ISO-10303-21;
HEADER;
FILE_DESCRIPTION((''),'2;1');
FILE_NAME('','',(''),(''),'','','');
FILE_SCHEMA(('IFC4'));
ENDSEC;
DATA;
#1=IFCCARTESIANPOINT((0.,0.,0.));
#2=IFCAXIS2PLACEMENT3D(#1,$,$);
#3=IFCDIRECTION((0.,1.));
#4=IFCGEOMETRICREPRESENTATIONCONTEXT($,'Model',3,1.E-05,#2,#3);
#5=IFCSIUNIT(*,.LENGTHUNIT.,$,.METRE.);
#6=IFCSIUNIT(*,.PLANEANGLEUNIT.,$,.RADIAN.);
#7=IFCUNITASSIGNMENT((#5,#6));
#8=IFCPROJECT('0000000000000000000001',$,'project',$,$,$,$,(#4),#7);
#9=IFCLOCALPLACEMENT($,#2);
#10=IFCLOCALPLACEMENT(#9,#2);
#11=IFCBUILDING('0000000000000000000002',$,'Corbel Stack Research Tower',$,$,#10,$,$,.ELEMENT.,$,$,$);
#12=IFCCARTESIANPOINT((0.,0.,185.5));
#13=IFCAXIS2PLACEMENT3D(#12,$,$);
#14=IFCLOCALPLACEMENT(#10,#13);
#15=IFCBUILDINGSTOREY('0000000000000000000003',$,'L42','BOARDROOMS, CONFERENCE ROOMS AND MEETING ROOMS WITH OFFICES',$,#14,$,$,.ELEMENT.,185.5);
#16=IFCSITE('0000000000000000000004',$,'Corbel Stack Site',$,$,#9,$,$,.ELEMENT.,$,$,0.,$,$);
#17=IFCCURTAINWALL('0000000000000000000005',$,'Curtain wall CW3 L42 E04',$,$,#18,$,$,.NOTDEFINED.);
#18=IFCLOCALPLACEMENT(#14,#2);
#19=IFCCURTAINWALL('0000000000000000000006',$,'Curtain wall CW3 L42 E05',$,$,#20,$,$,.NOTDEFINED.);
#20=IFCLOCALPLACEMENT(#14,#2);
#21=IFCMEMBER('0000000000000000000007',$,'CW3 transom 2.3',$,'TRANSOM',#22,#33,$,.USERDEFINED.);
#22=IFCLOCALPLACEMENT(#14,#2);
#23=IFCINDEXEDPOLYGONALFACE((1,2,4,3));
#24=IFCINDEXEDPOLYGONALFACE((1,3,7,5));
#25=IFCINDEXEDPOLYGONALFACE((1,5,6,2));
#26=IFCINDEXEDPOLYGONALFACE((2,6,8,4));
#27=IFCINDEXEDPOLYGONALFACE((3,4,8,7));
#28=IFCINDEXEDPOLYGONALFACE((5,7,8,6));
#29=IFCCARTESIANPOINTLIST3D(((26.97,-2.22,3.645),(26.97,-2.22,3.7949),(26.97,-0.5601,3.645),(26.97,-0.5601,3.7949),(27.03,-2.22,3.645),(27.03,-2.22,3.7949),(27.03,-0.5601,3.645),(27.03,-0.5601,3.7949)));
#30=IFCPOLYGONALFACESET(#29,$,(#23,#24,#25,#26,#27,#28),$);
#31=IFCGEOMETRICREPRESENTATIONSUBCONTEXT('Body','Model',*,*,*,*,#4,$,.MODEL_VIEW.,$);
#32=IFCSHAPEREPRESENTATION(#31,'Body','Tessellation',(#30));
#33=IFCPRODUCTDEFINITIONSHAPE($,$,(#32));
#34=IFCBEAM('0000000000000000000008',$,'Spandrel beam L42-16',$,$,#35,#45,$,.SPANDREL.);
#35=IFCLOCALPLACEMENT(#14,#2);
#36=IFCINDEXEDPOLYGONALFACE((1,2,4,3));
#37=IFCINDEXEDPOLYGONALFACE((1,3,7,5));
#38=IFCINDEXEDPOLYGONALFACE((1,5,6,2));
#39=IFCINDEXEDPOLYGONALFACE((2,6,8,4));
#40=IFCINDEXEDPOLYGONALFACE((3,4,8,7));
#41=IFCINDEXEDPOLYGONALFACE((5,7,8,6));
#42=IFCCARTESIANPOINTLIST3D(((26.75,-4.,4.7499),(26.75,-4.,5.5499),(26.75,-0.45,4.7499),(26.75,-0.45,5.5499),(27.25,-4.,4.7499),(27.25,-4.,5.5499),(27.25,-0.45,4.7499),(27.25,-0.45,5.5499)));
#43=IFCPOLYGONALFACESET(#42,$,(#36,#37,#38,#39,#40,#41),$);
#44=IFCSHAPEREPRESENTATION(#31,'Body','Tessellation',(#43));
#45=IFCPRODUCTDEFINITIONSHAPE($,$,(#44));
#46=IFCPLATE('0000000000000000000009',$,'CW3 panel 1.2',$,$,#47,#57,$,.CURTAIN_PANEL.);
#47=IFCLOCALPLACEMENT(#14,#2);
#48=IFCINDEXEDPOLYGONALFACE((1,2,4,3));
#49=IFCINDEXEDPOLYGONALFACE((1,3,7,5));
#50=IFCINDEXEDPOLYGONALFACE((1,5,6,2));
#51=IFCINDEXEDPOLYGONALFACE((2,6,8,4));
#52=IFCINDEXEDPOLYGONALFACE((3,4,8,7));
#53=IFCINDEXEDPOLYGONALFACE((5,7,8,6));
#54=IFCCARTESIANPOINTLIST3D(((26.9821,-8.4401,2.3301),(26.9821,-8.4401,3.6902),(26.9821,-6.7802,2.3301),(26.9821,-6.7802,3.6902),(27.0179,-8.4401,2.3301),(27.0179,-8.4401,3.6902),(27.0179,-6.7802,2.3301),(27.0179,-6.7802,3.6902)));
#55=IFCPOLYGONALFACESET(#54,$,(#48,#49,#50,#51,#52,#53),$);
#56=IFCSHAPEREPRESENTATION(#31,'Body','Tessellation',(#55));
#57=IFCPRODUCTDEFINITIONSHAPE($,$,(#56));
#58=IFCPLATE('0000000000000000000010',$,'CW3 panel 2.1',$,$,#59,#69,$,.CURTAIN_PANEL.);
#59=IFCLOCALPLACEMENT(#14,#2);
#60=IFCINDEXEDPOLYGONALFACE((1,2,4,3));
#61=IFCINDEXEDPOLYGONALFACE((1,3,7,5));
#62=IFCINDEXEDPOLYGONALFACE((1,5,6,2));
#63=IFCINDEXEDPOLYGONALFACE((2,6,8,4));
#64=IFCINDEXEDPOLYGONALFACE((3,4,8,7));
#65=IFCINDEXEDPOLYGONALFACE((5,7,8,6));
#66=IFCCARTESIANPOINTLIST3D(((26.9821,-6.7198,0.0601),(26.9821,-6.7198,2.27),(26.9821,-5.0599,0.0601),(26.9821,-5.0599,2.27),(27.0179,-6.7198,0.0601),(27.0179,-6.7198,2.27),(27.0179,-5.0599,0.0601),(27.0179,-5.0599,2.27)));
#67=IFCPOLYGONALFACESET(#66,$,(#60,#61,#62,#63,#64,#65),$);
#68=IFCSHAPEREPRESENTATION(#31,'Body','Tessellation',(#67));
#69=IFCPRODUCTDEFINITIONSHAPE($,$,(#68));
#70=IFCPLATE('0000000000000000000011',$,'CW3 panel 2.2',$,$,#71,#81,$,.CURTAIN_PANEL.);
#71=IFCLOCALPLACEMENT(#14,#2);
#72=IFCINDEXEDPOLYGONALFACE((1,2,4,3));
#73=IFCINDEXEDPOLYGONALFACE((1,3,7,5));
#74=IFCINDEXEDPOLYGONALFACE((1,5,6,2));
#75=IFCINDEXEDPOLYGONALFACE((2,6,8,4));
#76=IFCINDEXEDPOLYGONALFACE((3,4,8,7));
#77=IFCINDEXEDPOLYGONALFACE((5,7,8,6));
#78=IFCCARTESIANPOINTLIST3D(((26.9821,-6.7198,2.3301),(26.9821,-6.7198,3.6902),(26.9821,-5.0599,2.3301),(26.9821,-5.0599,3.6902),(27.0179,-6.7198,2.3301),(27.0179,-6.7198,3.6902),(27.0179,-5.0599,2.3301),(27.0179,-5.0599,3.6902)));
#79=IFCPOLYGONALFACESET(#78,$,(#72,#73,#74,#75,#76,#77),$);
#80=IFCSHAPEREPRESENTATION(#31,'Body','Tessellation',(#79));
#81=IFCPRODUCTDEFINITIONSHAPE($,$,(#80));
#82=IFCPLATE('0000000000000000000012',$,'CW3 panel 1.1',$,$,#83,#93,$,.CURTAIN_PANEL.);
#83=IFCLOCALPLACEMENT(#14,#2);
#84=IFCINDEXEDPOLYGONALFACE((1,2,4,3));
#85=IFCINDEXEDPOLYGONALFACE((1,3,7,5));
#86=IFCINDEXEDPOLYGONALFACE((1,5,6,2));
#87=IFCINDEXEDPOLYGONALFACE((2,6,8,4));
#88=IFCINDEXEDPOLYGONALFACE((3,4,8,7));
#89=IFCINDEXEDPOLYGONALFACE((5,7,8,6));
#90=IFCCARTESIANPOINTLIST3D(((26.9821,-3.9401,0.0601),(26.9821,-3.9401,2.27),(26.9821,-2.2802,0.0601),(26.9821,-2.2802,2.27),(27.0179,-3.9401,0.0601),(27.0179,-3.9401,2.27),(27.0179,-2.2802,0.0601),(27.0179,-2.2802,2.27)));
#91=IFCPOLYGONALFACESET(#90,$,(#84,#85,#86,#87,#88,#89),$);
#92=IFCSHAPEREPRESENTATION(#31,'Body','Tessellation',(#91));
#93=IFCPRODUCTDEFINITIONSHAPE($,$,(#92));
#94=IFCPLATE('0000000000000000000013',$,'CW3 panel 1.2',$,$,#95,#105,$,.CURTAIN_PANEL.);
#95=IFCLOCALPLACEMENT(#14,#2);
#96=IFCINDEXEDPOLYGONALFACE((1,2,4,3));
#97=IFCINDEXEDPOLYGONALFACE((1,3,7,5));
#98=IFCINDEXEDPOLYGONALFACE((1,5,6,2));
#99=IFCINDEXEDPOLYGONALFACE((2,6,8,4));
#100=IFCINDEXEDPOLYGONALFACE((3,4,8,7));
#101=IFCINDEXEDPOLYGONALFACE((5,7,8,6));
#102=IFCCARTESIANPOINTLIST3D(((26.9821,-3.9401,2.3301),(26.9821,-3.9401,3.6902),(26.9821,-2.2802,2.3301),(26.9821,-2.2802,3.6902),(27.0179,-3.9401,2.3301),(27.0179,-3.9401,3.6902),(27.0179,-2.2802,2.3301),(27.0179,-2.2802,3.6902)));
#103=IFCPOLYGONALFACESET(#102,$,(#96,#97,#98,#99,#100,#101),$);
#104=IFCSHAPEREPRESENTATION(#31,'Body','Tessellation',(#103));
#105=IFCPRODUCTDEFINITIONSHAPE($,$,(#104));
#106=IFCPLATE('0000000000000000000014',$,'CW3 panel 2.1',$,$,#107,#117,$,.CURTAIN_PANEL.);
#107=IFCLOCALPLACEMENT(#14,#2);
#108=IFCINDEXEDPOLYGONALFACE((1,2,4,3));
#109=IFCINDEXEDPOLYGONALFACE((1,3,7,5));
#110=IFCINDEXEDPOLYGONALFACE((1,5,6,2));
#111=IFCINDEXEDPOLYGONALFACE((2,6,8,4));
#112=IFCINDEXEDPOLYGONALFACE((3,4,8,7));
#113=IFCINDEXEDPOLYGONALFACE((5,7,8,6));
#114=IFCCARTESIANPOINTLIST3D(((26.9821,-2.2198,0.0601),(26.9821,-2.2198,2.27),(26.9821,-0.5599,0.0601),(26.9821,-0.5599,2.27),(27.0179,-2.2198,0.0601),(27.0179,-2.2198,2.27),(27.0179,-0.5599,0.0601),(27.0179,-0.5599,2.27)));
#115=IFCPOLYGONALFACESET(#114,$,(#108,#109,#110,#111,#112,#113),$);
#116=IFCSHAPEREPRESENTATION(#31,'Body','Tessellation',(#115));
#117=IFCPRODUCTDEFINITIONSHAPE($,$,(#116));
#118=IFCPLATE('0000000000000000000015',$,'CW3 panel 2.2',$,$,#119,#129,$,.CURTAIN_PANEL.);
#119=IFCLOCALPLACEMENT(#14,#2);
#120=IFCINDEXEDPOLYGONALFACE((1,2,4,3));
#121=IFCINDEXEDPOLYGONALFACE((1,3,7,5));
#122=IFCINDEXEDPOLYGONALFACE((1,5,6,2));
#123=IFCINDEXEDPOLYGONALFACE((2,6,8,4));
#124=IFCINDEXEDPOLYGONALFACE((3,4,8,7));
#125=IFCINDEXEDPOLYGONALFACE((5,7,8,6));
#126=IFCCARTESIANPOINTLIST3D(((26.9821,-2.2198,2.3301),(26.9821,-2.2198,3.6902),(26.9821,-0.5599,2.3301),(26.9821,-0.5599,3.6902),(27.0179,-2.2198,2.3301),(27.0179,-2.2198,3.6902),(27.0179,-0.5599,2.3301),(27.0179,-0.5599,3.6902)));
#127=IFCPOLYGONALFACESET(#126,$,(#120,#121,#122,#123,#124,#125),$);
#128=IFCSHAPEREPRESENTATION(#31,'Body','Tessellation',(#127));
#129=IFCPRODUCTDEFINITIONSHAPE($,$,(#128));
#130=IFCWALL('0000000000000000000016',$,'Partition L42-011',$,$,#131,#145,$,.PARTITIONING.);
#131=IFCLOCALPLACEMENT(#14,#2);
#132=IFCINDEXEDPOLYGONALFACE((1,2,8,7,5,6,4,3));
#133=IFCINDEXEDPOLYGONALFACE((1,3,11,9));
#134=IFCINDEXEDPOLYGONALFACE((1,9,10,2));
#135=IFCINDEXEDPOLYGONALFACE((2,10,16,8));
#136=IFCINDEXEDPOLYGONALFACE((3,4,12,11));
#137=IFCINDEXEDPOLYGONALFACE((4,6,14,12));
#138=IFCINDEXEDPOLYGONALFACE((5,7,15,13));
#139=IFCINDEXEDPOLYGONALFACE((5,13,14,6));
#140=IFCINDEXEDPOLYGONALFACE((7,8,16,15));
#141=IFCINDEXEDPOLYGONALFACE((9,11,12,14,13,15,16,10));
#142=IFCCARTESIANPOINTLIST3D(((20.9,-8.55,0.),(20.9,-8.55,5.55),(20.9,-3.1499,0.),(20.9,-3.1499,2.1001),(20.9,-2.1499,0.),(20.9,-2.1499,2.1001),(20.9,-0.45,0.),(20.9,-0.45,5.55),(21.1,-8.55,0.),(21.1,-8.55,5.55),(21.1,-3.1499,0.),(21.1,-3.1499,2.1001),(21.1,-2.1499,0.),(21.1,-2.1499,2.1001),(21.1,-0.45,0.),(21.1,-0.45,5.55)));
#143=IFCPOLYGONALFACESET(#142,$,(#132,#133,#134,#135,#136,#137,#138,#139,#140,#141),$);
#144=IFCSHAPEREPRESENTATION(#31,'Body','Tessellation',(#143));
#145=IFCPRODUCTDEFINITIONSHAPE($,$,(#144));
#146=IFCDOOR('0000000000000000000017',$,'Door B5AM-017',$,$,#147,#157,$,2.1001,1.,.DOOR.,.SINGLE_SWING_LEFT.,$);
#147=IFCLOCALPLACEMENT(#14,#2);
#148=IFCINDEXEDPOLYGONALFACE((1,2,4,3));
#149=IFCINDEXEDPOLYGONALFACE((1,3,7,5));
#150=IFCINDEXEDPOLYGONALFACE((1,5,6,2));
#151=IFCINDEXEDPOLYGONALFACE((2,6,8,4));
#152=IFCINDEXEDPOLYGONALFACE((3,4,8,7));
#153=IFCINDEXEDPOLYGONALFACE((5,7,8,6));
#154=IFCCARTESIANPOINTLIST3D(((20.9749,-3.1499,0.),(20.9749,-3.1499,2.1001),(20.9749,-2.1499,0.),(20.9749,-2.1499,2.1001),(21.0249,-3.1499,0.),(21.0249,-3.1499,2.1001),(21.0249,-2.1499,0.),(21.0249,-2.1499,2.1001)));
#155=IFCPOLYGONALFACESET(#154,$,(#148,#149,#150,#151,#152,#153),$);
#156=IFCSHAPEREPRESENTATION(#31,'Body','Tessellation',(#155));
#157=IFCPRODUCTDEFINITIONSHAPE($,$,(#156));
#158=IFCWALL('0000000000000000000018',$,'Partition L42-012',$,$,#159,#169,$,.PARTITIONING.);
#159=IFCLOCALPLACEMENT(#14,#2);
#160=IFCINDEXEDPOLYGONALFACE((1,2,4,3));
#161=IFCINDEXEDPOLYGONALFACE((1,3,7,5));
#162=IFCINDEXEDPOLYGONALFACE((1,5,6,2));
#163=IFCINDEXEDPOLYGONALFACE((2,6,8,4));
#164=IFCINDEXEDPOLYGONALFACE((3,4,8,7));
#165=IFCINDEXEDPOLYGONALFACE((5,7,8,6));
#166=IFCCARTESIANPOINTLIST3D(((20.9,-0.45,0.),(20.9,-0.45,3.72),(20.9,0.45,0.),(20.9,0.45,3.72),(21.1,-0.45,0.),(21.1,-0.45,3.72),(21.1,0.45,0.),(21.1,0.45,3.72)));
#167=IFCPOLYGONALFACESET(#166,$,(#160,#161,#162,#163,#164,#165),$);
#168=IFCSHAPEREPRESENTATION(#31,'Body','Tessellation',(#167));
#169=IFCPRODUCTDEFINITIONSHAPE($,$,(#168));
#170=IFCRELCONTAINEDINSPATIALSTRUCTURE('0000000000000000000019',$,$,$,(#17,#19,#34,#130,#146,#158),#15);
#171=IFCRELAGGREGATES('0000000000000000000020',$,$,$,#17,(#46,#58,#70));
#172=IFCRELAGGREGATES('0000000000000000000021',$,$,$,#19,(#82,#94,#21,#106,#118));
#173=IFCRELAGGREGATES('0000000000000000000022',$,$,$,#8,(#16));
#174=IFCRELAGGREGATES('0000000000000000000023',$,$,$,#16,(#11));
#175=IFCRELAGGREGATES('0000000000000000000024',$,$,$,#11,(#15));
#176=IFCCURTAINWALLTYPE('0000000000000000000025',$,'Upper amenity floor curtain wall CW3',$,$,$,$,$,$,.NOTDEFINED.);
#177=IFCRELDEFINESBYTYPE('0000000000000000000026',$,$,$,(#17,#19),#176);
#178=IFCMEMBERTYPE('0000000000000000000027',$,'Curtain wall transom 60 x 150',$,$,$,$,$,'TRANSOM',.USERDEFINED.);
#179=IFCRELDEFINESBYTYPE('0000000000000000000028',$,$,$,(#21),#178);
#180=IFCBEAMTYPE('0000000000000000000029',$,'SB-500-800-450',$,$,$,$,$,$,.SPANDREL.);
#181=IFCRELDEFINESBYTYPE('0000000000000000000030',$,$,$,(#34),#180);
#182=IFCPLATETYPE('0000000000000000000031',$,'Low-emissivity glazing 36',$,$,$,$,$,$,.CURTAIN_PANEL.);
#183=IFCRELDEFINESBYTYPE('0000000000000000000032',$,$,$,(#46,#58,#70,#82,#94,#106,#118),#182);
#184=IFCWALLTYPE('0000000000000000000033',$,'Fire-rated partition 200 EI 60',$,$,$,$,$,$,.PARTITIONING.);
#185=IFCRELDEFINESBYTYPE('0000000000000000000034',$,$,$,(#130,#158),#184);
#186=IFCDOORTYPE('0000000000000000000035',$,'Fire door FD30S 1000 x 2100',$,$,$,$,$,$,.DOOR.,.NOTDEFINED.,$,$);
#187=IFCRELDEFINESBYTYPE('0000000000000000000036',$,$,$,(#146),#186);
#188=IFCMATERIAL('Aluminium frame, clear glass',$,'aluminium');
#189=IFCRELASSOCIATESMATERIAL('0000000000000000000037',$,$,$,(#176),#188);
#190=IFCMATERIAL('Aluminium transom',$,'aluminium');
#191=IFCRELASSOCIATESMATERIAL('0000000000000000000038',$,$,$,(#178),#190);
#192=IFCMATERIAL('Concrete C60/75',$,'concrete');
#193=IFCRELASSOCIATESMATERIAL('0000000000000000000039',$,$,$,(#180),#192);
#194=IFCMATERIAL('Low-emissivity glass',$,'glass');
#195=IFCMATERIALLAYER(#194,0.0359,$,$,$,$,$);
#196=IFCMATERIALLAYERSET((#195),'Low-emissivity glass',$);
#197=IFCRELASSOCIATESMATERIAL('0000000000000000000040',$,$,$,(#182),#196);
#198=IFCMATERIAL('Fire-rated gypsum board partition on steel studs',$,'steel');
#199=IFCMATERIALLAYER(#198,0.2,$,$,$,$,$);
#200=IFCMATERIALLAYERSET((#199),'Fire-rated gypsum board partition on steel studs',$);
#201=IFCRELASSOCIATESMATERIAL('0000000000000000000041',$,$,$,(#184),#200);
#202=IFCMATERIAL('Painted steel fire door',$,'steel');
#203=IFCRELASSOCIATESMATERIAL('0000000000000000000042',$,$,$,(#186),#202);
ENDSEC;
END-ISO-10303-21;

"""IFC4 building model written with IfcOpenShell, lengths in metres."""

from ifc_helpers import new_model, si_unit, direction, frame, frame_2d, origin, origin_2d, place, context, subcontext, project, spatial, rectangle, extrude, material, layer, layer_set, material_profile, profile_set, type_object, element, fill, aggregate, save


model = new_model("IFC4")

# Units and contexts
model_context = context("Model", 3, precision=1e-05, world=origin(), true_north=direction((0.0, 1.0)))
body_context = subcontext(model_context, "Body", "Model", "MODEL_VIEW")
ifc_project = project(units=[si_unit("LENGTHUNIT", "METRE"), si_unit("PLANEANGLEUNIT", "RADIAN")], contexts=[model_context])

# Site, building, storey
site_placement = place(None, origin())
site = spatial("IfcSite", under=ifc_project, at=site_placement, Name="Corbel Stack Site", CompositionType="ELEMENT", RefElevation=0.0)
building_placement = place(site_placement, origin())
building = spatial("IfcBuilding", under=site, at=building_placement, Name="Corbel Stack Research Tower", CompositionType="ELEMENT")
storey_placement = place(building_placement, frame((0.0, 0.0, 185.5)))
storey = spatial("IfcBuildingStorey", under=building, at=storey_placement, Name="L42", Description="BOARDROOMS, CONFERENCE ROOMS AND MEETING ROOMS WITH OFFICES", CompositionType="ELEMENT", Elevation=185.5)

# Curtain walls
ifc_material_1 = material(Name="Aluminium frame, clear glass", Category="aluminium")
curtain_wall_type = type_object("IfcCurtainWallType", Name="Upper amenity floor curtain wall CW3", PredefinedType="NOTDEFINED", material=ifc_material_1)
curtain_wall_1_placement = place(storey_placement, origin())
curtain_wall_1 = element("IfcCurtainWall", 1, at=curtain_wall_1_placement, inside=storey, type_object=curtain_wall_type, Name="Curtain wall CW3 L42 E04", PredefinedType="NOTDEFINED")
curtain_wall_2_placement = place(storey_placement, origin())
curtain_wall_2 = element("IfcCurtainWall", 2, at=curtain_wall_2_placement, inside=storey, type_object=curtain_wall_type, Name="Curtain wall CW3 L42 E05", PredefinedType="NOTDEFINED")

# Member
ifc_material_2 = material(Name="Aluminium transom", Category="aluminium")
ifc_material_profile_1 = material_profile(ifc_material_2, rectangle(XDim=0.0601, YDim=0.1499, at=origin_2d()), Name="Transom 60 x 150")
ifc_profile_set_1 = profile_set([ifc_material_profile_1], Name="Aluminium transom")
member_type_1 = type_object("IfcMemberType", Name="Curtain wall transom 60 x 150", ElementType="TRANSOM", PredefinedType="USERDEFINED", material=ifc_profile_set_1)
member_1_placement = place(storey_placement, frame((27.0, -2.22, 3.72), z_axis=(0.0, 1.0, 0.0), x_axis=(-1.0, 0.0, 0.0)))
member_1 = element("IfcMember", 3, at=member_1_placement, type_object=member_type_1, Name="CW3 transom 2.3", ObjectType="TRANSOM", PredefinedType="USERDEFINED", context=body_context, shape_type="SweptSolid", body=[
    extrude(rectangle(XDim=0.0601, YDim=0.1499, at=origin_2d()), origin(), (0.0, 0.0, 1.0), 1.6599),
])

# Beam
ifc_material_3 = material(Name="Concrete C60/75", Category="concrete")
ifc_material_profile_2 = material_profile(ifc_material_3, rectangle(XDim=0.5, YDim=0.8, at=origin_2d()), Name="RC 500 x 800")
ifc_profile_set_2 = profile_set([ifc_material_profile_2], Name="Concrete C60/75")
beam_type = type_object("IfcBeamType", Name="SB-500-800-450", PredefinedType="SPANDREL", material=ifc_profile_set_2)
beam_placement = place(storey_placement, frame((27.0, -4.0, 5.1499), z_axis=(0.0, 1.0, 0.0), x_axis=(-1.0, 0.0, 0.0)))
element("IfcBeam", 4, at=beam_placement, inside=storey, type_object=beam_type, Name="Spandrel beam L42-16", PredefinedType="SPANDREL", context=body_context, shape_type="SweptSolid", body=[
    extrude(rectangle(XDim=0.5, YDim=0.8, at=origin_2d()), origin(), (0.0, 0.0, 1.0), 3.55),
])

# Plates
ifc_material_4 = material(Name="Low-emissivity glass", Category="glass")
ifc_layer_1 = layer(ifc_material_4, 0.0359)
ifc_layer_set_1 = layer_set([ifc_layer_1], Name="Low-emissivity glass")
plate_type = type_object("IfcPlateType", Name="Low-emissivity glazing 36", PredefinedType="CURTAIN_PANEL", material=ifc_layer_set_1)
plate_1_placement = place(storey_placement, frame((27.0, -7.6101, 2.3301), z_axis=(0.0, 0.0, 1.0), x_axis=(0.0, 1.0, 0.0)))
plate_1 = element("IfcPlate", 5, at=plate_1_placement, type_object=plate_type, Name="CW3 panel 1.2", PredefinedType="CURTAIN_PANEL", context=body_context, shape_type="SweptSolid", body=[
    extrude(rectangle(XDim=1.6599, YDim=0.0359, at=origin_2d()), origin(), (0.0, 0.0, 1.0), 1.3601),
])
plate_2_placement = place(storey_placement, frame((27.0, -5.8899, 0.0601), z_axis=(0.0, 0.0, 1.0), x_axis=(0.0, 1.0, 0.0)))
plate_2 = element("IfcPlate", 6, at=plate_2_placement, type_object=plate_type, Name="CW3 panel 2.1", PredefinedType="CURTAIN_PANEL", context=body_context, shape_type="SweptSolid", body=[
    extrude(rectangle(XDim=1.6599, YDim=0.0359, at=origin_2d()), origin(), (0.0, 0.0, 1.0), 2.21),
])
plate_3_placement = place(storey_placement, frame((27.0, -5.8899, 2.3301), z_axis=(0.0, 0.0, 1.0), x_axis=(0.0, 1.0, 0.0)))
plate_3 = element("IfcPlate", 7, at=plate_3_placement, type_object=plate_type, Name="CW3 panel 2.2", PredefinedType="CURTAIN_PANEL", context=body_context, shape_type="SweptSolid", body=[
    extrude(rectangle(XDim=1.6599, YDim=0.0359, at=origin_2d()), origin(), (0.0, 0.0, 1.0), 1.3601),
])
aggregate(curtain_wall_1, [plate_1, plate_2, plate_3])
plate_4_placement = place(storey_placement, frame((27.0, -3.1101, 0.0601), z_axis=(0.0, 0.0, 1.0), x_axis=(0.0, 1.0, 0.0)))
plate_4 = element("IfcPlate", 8, at=plate_4_placement, type_object=plate_type, Name="CW3 panel 1.1", PredefinedType="CURTAIN_PANEL", context=body_context, shape_type="SweptSolid", body=[
    extrude(rectangle(XDim=1.6599, YDim=0.0359, at=origin_2d()), origin(), (0.0, 0.0, 1.0), 2.21),
])
plate_5_placement = place(storey_placement, frame((27.0, -3.1101, 2.3301), z_axis=(0.0, 0.0, 1.0), x_axis=(0.0, 1.0, 0.0)))
plate_5 = element("IfcPlate", 9, at=plate_5_placement, type_object=plate_type, Name="CW3 panel 1.2", PredefinedType="CURTAIN_PANEL", context=body_context, shape_type="SweptSolid", body=[
    extrude(rectangle(XDim=1.6599, YDim=0.0359, at=origin_2d()), origin(), (0.0, 0.0, 1.0), 1.3601),
])
plate_6_placement = place(storey_placement, frame((27.0, -1.3899, 0.0601), z_axis=(0.0, 0.0, 1.0), x_axis=(0.0, 1.0, 0.0)))
plate_6 = element("IfcPlate", 10, at=plate_6_placement, type_object=plate_type, Name="CW3 panel 2.1", PredefinedType="CURTAIN_PANEL", context=body_context, shape_type="SweptSolid", body=[
    extrude(rectangle(XDim=1.6599, YDim=0.0359, at=origin_2d()), origin(), (0.0, 0.0, 1.0), 2.21),
])
plate_7_placement = place(storey_placement, frame((27.0, -1.3899, 2.3301), z_axis=(0.0, 0.0, 1.0), x_axis=(0.0, 1.0, 0.0)))
plate_7 = element("IfcPlate", 11, at=plate_7_placement, type_object=plate_type, Name="CW3 panel 2.2", PredefinedType="CURTAIN_PANEL", context=body_context, shape_type="SweptSolid", body=[
    extrude(rectangle(XDim=1.6599, YDim=0.0359, at=origin_2d()), origin(), (0.0, 0.0, 1.0), 1.3601),
])
aggregate(curtain_wall_2, [plate_4, plate_5, member_1, plate_6, plate_7])

# Wall, opening, door
ifc_material_5 = material(Name="Fire-rated gypsum board partition on steel studs", Category="steel")
ifc_layer_2 = layer(ifc_material_5, 0.2)
ifc_layer_set_2 = layer_set([ifc_layer_2], Name="Fire-rated gypsum board partition on steel studs")
wall_type = type_object("IfcWallType", Name="Fire-rated partition 200 EI 60", PredefinedType="PARTITIONING", material=ifc_layer_set_2)
wall_1_placement = place(storey_placement, frame((21.0, -0.45, 0.0), z_axis=(0.0, 0.0, 1.0), x_axis=(0.0, -1.0, 0.0)))
wall_1 = element("IfcWall", 12, at=wall_1_placement, inside=storey, type_object=wall_type, Name="Partition L42-011", PredefinedType="PARTITIONING", context=body_context, shape_type="SweptSolid", body=[
    extrude(rectangle(XDim=8.1001, YDim=0.2, at=frame_2d((4.05, 0.0))), origin(), (0.0, 0.0, 1.0), 5.55),
])
opening_placement = place(wall_1_placement, frame((1.7, 0.0, 0.0)))
opening = element("IfcOpeningElement", 13, at=opening_placement, cuts=wall_1, PredefinedType="OPENING", context=body_context, shape_type="SweptSolid", body=[
    extrude(rectangle(XDim=1.0, YDim=2.1001, at=frame_2d((0.5, 1.05))), frame((0.0, 0.1099, 0.0), z_axis=(0.0, -1.0, 0.0), x_axis=(1.0, 0.0, 0.0)), (0.0, 0.0, 1.0), 0.22),
])
ifc_material_6 = material(Name="Painted steel fire door", Category="steel")
door_type = type_object("IfcDoorType", Name="Fire door FD30S 1000 x 2100", OperationType="NOTDEFINED", PredefinedType="DOOR", material=ifc_material_6)
door_placement = place(opening_placement, origin())
door = element("IfcDoor", 14, at=door_placement, inside=storey, type_object=door_type, Name="Door B5AM-017", OperationType="SINGLE_SWING_LEFT", OverallHeight=2.1001, OverallWidth=1.0, PredefinedType="DOOR", context=body_context, shape_type="SweptSolid", body=[
    extrude(rectangle(XDim=1.0, YDim=2.1001, at=frame_2d((0.5, 1.05))), frame((0.0, 0.0249, 0.0), z_axis=(0.0, -1.0, 0.0), x_axis=(1.0, 0.0, 0.0)), (0.0, 0.0, 1.0), 0.05),
])
fill(opening, door)

# Wall
wall_2_placement = place(storey_placement, frame((21.0, -0.45, 0.0), z_axis=(0.0, 0.0, 1.0), x_axis=(0.0, 1.0, 0.0)))
element("IfcWall", 15, at=wall_2_placement, inside=storey, type_object=wall_type, Name="Partition L42-012", PredefinedType="PARTITIONING", context=body_context, shape_type="SweptSolid", body=[
    extrude(rectangle(XDim=0.8999, YDim=0.2, at=frame_2d((0.45, 0.0))), origin(), (0.0, 0.0, 1.0), 3.72),
])

save(model, "model.ifc")
